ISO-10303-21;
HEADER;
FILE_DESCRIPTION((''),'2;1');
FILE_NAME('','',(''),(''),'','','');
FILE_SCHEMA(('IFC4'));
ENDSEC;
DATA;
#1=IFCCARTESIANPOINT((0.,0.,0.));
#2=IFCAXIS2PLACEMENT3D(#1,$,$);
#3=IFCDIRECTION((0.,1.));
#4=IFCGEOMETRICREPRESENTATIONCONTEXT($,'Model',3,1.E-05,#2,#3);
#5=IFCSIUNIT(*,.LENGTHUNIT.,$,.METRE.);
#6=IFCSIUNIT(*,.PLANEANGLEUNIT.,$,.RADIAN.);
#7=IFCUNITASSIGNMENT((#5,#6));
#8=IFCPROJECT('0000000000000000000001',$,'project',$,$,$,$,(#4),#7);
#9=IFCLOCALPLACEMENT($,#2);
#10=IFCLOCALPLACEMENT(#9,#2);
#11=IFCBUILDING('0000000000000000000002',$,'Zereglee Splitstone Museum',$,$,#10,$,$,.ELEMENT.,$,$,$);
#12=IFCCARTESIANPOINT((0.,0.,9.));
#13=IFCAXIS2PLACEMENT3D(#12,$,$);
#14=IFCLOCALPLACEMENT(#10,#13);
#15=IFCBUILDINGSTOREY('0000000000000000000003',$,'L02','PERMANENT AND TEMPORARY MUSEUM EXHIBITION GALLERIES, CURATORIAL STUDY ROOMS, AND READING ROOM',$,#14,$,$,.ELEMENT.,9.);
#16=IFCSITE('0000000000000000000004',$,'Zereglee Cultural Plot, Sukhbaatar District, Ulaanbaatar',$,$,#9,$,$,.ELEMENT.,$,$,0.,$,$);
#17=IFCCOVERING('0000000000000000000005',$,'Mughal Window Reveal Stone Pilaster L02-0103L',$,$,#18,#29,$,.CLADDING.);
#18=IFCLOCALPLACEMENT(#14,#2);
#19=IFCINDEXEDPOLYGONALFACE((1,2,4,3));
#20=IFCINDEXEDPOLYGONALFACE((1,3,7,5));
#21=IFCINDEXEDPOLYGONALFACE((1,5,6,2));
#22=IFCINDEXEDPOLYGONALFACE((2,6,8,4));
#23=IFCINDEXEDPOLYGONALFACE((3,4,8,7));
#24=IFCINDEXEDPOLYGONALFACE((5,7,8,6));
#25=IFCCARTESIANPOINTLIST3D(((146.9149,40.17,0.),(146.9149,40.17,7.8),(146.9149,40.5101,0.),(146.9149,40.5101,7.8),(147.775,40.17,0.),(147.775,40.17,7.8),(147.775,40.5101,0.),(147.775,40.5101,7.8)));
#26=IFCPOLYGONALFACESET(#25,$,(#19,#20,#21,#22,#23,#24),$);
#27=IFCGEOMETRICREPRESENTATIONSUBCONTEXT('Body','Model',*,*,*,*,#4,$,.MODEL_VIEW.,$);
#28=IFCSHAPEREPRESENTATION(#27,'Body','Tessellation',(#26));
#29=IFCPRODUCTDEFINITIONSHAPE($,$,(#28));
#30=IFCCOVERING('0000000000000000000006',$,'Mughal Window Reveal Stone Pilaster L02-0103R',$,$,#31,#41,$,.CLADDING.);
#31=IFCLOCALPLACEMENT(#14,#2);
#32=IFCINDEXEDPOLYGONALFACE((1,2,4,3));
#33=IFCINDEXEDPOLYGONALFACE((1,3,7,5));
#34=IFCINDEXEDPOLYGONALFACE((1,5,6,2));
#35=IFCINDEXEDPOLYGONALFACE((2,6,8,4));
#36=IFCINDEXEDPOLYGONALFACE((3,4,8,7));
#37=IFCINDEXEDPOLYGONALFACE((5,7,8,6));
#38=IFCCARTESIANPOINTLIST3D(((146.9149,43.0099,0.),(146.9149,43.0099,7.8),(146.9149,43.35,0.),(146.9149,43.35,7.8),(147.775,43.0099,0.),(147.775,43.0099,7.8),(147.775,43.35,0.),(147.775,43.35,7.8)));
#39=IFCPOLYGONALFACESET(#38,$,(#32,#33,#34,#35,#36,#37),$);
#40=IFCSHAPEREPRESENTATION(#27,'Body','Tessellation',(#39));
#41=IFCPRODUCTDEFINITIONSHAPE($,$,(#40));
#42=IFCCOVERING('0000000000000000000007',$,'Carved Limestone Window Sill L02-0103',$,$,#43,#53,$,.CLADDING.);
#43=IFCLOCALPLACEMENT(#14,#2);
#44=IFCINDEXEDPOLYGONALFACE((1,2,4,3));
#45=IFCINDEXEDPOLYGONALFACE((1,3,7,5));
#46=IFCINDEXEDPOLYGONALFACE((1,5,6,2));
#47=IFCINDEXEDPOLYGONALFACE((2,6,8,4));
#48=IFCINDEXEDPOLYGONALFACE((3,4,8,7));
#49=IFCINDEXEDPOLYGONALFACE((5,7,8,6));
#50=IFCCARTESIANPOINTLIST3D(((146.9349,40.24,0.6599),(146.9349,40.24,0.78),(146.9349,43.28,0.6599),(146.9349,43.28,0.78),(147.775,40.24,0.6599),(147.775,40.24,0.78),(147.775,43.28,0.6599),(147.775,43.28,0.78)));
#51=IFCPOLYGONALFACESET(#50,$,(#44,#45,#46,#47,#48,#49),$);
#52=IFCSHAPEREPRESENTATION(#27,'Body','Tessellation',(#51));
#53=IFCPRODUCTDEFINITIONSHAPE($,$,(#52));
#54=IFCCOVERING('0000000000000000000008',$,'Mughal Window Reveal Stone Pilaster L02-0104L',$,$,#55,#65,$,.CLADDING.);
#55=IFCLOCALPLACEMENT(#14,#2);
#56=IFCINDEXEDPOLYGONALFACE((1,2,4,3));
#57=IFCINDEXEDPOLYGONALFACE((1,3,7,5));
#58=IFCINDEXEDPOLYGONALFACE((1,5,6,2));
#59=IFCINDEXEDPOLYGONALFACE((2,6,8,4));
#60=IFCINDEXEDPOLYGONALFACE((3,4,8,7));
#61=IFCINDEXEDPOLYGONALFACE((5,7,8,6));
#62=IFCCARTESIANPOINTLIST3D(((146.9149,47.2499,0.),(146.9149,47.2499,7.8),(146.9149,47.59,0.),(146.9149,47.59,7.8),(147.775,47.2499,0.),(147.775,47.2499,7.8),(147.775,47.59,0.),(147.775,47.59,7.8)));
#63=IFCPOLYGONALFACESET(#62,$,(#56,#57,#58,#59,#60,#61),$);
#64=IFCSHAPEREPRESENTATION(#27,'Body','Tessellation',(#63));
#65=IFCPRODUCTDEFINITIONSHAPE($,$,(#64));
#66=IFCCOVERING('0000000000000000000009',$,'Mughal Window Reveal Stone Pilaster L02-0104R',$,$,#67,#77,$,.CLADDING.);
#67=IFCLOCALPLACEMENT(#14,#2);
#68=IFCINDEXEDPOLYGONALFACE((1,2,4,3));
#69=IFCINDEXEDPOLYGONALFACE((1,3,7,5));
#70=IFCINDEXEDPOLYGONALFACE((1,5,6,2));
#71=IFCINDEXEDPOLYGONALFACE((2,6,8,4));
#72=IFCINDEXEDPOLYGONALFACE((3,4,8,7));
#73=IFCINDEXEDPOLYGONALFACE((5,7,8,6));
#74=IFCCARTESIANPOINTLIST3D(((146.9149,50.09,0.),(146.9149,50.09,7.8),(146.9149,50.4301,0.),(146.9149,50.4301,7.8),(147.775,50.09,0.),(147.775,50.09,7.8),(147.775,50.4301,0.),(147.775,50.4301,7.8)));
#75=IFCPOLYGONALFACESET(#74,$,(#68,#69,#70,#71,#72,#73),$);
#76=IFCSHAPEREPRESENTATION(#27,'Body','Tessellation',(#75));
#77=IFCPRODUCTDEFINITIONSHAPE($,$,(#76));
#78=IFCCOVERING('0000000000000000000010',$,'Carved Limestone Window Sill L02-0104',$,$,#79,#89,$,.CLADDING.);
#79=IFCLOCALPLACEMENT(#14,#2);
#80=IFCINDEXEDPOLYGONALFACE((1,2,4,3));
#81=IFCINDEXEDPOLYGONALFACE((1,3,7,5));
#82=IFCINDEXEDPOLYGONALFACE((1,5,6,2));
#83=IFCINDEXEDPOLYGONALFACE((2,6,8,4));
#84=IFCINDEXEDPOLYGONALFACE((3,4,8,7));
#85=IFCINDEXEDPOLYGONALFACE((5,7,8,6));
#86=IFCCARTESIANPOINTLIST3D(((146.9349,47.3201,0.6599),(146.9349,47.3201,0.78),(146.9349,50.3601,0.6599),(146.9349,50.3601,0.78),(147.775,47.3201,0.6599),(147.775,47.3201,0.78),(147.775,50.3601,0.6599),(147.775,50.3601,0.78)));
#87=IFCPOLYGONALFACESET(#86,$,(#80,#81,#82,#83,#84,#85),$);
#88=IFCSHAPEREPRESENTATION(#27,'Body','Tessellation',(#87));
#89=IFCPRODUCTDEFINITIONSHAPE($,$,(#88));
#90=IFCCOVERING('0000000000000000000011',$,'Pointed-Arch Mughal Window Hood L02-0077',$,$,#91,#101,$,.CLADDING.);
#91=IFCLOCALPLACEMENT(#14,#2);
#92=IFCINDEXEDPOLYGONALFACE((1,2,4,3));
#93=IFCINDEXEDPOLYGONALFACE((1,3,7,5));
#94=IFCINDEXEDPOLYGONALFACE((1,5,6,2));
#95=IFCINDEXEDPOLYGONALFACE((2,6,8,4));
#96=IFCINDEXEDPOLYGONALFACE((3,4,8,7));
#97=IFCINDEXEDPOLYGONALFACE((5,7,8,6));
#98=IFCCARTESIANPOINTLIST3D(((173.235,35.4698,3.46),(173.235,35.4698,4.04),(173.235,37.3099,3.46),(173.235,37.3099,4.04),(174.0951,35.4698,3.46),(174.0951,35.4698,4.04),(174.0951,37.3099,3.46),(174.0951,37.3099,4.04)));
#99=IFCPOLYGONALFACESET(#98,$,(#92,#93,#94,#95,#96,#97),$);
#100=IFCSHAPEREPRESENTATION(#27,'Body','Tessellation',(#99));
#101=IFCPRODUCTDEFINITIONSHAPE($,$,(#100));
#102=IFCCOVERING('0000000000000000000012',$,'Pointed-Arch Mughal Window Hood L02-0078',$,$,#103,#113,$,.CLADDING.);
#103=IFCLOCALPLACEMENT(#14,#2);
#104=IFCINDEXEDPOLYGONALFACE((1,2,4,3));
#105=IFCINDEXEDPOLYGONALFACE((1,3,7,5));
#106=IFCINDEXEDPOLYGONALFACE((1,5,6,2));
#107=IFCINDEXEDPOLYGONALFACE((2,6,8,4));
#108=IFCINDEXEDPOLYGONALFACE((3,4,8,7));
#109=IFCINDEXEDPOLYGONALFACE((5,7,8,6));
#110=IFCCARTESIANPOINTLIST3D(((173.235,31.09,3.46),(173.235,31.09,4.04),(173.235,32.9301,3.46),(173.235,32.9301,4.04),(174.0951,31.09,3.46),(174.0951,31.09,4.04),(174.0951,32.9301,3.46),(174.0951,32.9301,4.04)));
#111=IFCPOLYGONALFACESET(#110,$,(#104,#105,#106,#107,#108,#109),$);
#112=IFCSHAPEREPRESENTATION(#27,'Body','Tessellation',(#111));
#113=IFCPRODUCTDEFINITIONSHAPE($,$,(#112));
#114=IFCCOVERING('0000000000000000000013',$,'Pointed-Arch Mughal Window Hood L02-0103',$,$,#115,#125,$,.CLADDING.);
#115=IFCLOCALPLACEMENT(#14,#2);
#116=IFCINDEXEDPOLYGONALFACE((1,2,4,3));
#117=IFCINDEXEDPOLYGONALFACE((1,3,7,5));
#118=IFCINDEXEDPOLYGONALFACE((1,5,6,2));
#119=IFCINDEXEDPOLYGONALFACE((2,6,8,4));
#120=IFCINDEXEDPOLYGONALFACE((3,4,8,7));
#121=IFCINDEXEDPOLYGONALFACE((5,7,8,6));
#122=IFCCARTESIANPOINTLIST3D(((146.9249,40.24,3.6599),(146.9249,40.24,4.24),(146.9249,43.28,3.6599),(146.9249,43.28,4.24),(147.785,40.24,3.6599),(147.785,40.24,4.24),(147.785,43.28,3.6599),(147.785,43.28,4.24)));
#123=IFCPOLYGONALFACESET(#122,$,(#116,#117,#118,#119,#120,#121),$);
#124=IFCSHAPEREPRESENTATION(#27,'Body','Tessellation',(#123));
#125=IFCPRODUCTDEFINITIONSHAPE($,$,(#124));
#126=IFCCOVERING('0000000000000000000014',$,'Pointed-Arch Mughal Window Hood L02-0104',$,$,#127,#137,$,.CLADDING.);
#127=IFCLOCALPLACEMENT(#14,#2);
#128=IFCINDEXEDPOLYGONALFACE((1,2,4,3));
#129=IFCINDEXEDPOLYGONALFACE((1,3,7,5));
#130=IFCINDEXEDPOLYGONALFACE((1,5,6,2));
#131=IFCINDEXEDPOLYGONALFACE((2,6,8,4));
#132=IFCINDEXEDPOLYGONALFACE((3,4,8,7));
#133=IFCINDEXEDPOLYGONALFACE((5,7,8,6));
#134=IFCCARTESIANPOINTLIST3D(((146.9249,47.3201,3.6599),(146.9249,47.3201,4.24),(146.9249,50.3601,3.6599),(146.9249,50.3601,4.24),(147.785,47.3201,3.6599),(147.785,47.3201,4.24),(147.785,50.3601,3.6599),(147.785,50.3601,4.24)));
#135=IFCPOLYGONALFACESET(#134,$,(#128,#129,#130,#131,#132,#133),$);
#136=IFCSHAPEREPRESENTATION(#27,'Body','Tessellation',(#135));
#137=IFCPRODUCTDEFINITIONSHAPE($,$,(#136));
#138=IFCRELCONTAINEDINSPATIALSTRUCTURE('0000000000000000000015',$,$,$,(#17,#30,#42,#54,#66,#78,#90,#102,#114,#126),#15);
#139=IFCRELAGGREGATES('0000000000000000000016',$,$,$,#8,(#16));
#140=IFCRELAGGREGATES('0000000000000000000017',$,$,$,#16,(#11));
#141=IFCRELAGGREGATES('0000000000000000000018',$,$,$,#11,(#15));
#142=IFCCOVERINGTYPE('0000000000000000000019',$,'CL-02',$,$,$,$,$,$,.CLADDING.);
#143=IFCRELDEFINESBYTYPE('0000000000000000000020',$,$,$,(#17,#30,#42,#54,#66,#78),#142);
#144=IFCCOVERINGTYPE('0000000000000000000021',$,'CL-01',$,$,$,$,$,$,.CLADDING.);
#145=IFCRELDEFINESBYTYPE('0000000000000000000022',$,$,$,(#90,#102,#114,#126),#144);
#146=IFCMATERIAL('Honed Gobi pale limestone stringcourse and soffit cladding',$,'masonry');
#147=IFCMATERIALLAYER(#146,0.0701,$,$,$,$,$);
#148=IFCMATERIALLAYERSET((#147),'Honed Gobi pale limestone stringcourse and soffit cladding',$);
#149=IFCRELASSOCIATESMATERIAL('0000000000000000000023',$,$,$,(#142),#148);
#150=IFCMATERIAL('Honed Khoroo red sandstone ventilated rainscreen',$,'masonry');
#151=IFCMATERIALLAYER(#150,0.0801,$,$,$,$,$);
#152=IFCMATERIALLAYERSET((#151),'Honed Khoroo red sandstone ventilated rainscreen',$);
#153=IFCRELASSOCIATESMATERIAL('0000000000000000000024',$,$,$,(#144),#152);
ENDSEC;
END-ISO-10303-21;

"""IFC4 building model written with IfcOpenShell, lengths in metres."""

from ifc_helpers import new_model, si_unit, direction, frame, origin, origin_2d, place, context, subcontext, project, spatial, rectangle, extrude, material, layer, layer_set, type_object, element, save


model = new_model("IFC4")

# Units and contexts
model_context = context("Model", 3, precision=1e-05, world=origin(), true_north=direction((0.0, 1.0)))
body_context = subcontext(model_context, "Body", "Model", "MODEL_VIEW")
ifc_project = project(units=[si_unit("LENGTHUNIT", "METRE"), si_unit("PLANEANGLEUNIT", "RADIAN")], contexts=[model_context])

# Site, building, storey
site_placement = place(None, origin())
site = spatial("IfcSite", under=ifc_project, at=site_placement, Name="Zereglee Cultural Plot, Sukhbaatar District, Ulaanbaatar", CompositionType="ELEMENT", RefElevation=0.0)
building_placement = place(site_placement, origin())
building = spatial("IfcBuilding", under=site, at=building_placement, Name="Zereglee Splitstone Museum", CompositionType="ELEMENT")
storey_placement = place(building_placement, frame((0.0, 0.0, 9.0)))
storey = spatial("IfcBuildingStorey", under=building, at=storey_placement, Name="L02", Description="PERMANENT AND TEMPORARY MUSEUM EXHIBITION GALLERIES, CURATORIAL STUDY ROOMS, AND READING ROOM", CompositionType="ELEMENT", Elevation=9.0)

# Coverings
ifc_material_1 = material(Name="Honed Gobi pale limestone stringcourse and soffit cladding", Category="masonry")
ifc_layer_1 = layer(ifc_material_1, 0.0701)
ifc_layer_set_1 = layer_set([ifc_layer_1], Name="Honed Gobi pale limestone stringcourse and soffit cladding")
covering_type_1 = type_object("IfcCoveringType", Name="CL-02", PredefinedType="CLADDING", material=ifc_layer_set_1)
for number, where, z_axis, x_axis, name in (
    (1, (147.345, 40.3401, 0.0), (0.0, 0.0, 1.0), (0.0, 1.0, 0.0), "Mughal Window Reveal Stone Pilaster L02-0103L"),
    (2, (147.345, 43.1799, 0.0), (0.0, 0.0, 1.0), (0.0, 1.0, 0.0), "Mughal Window Reveal Stone Pilaster L02-0103R"),
):
    element("IfcCovering", number, at=place(storey_placement, frame(where, z_axis=z_axis, x_axis=x_axis)), inside=storey, type_object=covering_type_1, Name=name, PredefinedType="CLADDING", context=body_context, shape_type="SweptSolid", body=[
        extrude(rectangle(XDim=0.3401, YDim=0.8601, at=origin_2d()), origin(), (0.0, 0.0, 1.0), 7.8),
    ])
covering_1_placement = place(storey_placement, frame((147.355, 41.76, 0.6599), z_axis=(0.0, 0.0, 1.0), x_axis=(0.0, 1.0, 0.0)))
element("IfcCovering", 3, at=covering_1_placement, inside=storey, type_object=covering_type_1, Name="Carved Limestone Window Sill L02-0103", PredefinedType="CLADDING", context=body_context, shape_type="SweptSolid", body=[
    extrude(rectangle(XDim=3.04, YDim=0.8401, at=origin_2d()), origin(), (0.0, 0.0, 1.0), 0.1201),
])
for number, where, z_axis, x_axis, name in (
    (4, (147.345, 47.4199, 0.0), (0.0, 0.0, 1.0), (0.0, 1.0, 0.0), "Mughal Window Reveal Stone Pilaster L02-0104L"),
    (5, (147.345, 50.26, 0.0), (0.0, 0.0, 1.0), (0.0, 1.0, 0.0), "Mughal Window Reveal Stone Pilaster L02-0104R"),
):
    element("IfcCovering", number, at=place(storey_placement, frame(where, z_axis=z_axis, x_axis=x_axis)), inside=storey, type_object=covering_type_1, Name=name, PredefinedType="CLADDING", context=body_context, shape_type="SweptSolid", body=[
        extrude(rectangle(XDim=0.3401, YDim=0.8601, at=origin_2d()), origin(), (0.0, 0.0, 1.0), 7.8),
    ])
covering_2_placement = place(storey_placement, frame((147.355, 48.8401, 0.6599), z_axis=(0.0, 0.0, 1.0), x_axis=(0.0, 1.0, 0.0)))
element("IfcCovering", 6, at=covering_2_placement, inside=storey, type_object=covering_type_1, Name="Carved Limestone Window Sill L02-0104", PredefinedType="CLADDING", context=body_context, shape_type="SweptSolid", body=[
    extrude(rectangle(XDim=3.04, YDim=0.8401, at=origin_2d()), origin(), (0.0, 0.0, 1.0), 0.1201),
])
ifc_material_2 = material(Name="Honed Khoroo red sandstone ventilated rainscreen", Category="masonry")
ifc_layer_2 = layer(ifc_material_2, 0.0801)
ifc_layer_set_2 = layer_set([ifc_layer_2], Name="Honed Khoroo red sandstone ventilated rainscreen")
covering_type_2 = type_object("IfcCoveringType", Name="CL-01", PredefinedType="CLADDING", material=ifc_layer_set_2)
for number, where, z_axis, x_axis, name in (
    (7, (173.665, 36.3899, 3.46), (0.0, 0.0, 1.0), (0.0, -1.0, 0.0), "Pointed-Arch Mughal Window Hood L02-0077"),
    (8, (173.665, 32.01, 3.46), (0.0, 0.0, 1.0), (0.0, -1.0, 0.0), "Pointed-Arch Mughal Window Hood L02-0078"),
):
    element("IfcCovering", number, at=place(storey_placement, frame(where, z_axis=z_axis, x_axis=x_axis)), inside=storey, type_object=covering_type_2, Name=name, PredefinedType="CLADDING", context=body_context, shape_type="SweptSolid", body=[
        extrude(rectangle(XDim=1.8401, YDim=0.8601, at=origin_2d()), origin(), (0.0, 0.0, 1.0), 0.5801),
    ])
for number, where, z_axis, x_axis, name in (
    (9, (147.355, 41.76, 3.6599), (0.0, 0.0, 1.0), (0.0, 1.0, 0.0), "Pointed-Arch Mughal Window Hood L02-0103"),
    (10, (147.355, 48.8401, 3.6599), (0.0, 0.0, 1.0), (0.0, 1.0, 0.0), "Pointed-Arch Mughal Window Hood L02-0104"),
):
    element("IfcCovering", number, at=place(storey_placement, frame(where, z_axis=z_axis, x_axis=x_axis)), inside=storey, type_object=covering_type_2, Name=name, PredefinedType="CLADDING", context=body_context, shape_type="SweptSolid", body=[
        extrude(rectangle(XDim=3.04, YDim=0.8601, at=origin_2d()), origin(), (0.0, 0.0, 1.0), 0.5801),
    ])

save(model, "model.ifc")
